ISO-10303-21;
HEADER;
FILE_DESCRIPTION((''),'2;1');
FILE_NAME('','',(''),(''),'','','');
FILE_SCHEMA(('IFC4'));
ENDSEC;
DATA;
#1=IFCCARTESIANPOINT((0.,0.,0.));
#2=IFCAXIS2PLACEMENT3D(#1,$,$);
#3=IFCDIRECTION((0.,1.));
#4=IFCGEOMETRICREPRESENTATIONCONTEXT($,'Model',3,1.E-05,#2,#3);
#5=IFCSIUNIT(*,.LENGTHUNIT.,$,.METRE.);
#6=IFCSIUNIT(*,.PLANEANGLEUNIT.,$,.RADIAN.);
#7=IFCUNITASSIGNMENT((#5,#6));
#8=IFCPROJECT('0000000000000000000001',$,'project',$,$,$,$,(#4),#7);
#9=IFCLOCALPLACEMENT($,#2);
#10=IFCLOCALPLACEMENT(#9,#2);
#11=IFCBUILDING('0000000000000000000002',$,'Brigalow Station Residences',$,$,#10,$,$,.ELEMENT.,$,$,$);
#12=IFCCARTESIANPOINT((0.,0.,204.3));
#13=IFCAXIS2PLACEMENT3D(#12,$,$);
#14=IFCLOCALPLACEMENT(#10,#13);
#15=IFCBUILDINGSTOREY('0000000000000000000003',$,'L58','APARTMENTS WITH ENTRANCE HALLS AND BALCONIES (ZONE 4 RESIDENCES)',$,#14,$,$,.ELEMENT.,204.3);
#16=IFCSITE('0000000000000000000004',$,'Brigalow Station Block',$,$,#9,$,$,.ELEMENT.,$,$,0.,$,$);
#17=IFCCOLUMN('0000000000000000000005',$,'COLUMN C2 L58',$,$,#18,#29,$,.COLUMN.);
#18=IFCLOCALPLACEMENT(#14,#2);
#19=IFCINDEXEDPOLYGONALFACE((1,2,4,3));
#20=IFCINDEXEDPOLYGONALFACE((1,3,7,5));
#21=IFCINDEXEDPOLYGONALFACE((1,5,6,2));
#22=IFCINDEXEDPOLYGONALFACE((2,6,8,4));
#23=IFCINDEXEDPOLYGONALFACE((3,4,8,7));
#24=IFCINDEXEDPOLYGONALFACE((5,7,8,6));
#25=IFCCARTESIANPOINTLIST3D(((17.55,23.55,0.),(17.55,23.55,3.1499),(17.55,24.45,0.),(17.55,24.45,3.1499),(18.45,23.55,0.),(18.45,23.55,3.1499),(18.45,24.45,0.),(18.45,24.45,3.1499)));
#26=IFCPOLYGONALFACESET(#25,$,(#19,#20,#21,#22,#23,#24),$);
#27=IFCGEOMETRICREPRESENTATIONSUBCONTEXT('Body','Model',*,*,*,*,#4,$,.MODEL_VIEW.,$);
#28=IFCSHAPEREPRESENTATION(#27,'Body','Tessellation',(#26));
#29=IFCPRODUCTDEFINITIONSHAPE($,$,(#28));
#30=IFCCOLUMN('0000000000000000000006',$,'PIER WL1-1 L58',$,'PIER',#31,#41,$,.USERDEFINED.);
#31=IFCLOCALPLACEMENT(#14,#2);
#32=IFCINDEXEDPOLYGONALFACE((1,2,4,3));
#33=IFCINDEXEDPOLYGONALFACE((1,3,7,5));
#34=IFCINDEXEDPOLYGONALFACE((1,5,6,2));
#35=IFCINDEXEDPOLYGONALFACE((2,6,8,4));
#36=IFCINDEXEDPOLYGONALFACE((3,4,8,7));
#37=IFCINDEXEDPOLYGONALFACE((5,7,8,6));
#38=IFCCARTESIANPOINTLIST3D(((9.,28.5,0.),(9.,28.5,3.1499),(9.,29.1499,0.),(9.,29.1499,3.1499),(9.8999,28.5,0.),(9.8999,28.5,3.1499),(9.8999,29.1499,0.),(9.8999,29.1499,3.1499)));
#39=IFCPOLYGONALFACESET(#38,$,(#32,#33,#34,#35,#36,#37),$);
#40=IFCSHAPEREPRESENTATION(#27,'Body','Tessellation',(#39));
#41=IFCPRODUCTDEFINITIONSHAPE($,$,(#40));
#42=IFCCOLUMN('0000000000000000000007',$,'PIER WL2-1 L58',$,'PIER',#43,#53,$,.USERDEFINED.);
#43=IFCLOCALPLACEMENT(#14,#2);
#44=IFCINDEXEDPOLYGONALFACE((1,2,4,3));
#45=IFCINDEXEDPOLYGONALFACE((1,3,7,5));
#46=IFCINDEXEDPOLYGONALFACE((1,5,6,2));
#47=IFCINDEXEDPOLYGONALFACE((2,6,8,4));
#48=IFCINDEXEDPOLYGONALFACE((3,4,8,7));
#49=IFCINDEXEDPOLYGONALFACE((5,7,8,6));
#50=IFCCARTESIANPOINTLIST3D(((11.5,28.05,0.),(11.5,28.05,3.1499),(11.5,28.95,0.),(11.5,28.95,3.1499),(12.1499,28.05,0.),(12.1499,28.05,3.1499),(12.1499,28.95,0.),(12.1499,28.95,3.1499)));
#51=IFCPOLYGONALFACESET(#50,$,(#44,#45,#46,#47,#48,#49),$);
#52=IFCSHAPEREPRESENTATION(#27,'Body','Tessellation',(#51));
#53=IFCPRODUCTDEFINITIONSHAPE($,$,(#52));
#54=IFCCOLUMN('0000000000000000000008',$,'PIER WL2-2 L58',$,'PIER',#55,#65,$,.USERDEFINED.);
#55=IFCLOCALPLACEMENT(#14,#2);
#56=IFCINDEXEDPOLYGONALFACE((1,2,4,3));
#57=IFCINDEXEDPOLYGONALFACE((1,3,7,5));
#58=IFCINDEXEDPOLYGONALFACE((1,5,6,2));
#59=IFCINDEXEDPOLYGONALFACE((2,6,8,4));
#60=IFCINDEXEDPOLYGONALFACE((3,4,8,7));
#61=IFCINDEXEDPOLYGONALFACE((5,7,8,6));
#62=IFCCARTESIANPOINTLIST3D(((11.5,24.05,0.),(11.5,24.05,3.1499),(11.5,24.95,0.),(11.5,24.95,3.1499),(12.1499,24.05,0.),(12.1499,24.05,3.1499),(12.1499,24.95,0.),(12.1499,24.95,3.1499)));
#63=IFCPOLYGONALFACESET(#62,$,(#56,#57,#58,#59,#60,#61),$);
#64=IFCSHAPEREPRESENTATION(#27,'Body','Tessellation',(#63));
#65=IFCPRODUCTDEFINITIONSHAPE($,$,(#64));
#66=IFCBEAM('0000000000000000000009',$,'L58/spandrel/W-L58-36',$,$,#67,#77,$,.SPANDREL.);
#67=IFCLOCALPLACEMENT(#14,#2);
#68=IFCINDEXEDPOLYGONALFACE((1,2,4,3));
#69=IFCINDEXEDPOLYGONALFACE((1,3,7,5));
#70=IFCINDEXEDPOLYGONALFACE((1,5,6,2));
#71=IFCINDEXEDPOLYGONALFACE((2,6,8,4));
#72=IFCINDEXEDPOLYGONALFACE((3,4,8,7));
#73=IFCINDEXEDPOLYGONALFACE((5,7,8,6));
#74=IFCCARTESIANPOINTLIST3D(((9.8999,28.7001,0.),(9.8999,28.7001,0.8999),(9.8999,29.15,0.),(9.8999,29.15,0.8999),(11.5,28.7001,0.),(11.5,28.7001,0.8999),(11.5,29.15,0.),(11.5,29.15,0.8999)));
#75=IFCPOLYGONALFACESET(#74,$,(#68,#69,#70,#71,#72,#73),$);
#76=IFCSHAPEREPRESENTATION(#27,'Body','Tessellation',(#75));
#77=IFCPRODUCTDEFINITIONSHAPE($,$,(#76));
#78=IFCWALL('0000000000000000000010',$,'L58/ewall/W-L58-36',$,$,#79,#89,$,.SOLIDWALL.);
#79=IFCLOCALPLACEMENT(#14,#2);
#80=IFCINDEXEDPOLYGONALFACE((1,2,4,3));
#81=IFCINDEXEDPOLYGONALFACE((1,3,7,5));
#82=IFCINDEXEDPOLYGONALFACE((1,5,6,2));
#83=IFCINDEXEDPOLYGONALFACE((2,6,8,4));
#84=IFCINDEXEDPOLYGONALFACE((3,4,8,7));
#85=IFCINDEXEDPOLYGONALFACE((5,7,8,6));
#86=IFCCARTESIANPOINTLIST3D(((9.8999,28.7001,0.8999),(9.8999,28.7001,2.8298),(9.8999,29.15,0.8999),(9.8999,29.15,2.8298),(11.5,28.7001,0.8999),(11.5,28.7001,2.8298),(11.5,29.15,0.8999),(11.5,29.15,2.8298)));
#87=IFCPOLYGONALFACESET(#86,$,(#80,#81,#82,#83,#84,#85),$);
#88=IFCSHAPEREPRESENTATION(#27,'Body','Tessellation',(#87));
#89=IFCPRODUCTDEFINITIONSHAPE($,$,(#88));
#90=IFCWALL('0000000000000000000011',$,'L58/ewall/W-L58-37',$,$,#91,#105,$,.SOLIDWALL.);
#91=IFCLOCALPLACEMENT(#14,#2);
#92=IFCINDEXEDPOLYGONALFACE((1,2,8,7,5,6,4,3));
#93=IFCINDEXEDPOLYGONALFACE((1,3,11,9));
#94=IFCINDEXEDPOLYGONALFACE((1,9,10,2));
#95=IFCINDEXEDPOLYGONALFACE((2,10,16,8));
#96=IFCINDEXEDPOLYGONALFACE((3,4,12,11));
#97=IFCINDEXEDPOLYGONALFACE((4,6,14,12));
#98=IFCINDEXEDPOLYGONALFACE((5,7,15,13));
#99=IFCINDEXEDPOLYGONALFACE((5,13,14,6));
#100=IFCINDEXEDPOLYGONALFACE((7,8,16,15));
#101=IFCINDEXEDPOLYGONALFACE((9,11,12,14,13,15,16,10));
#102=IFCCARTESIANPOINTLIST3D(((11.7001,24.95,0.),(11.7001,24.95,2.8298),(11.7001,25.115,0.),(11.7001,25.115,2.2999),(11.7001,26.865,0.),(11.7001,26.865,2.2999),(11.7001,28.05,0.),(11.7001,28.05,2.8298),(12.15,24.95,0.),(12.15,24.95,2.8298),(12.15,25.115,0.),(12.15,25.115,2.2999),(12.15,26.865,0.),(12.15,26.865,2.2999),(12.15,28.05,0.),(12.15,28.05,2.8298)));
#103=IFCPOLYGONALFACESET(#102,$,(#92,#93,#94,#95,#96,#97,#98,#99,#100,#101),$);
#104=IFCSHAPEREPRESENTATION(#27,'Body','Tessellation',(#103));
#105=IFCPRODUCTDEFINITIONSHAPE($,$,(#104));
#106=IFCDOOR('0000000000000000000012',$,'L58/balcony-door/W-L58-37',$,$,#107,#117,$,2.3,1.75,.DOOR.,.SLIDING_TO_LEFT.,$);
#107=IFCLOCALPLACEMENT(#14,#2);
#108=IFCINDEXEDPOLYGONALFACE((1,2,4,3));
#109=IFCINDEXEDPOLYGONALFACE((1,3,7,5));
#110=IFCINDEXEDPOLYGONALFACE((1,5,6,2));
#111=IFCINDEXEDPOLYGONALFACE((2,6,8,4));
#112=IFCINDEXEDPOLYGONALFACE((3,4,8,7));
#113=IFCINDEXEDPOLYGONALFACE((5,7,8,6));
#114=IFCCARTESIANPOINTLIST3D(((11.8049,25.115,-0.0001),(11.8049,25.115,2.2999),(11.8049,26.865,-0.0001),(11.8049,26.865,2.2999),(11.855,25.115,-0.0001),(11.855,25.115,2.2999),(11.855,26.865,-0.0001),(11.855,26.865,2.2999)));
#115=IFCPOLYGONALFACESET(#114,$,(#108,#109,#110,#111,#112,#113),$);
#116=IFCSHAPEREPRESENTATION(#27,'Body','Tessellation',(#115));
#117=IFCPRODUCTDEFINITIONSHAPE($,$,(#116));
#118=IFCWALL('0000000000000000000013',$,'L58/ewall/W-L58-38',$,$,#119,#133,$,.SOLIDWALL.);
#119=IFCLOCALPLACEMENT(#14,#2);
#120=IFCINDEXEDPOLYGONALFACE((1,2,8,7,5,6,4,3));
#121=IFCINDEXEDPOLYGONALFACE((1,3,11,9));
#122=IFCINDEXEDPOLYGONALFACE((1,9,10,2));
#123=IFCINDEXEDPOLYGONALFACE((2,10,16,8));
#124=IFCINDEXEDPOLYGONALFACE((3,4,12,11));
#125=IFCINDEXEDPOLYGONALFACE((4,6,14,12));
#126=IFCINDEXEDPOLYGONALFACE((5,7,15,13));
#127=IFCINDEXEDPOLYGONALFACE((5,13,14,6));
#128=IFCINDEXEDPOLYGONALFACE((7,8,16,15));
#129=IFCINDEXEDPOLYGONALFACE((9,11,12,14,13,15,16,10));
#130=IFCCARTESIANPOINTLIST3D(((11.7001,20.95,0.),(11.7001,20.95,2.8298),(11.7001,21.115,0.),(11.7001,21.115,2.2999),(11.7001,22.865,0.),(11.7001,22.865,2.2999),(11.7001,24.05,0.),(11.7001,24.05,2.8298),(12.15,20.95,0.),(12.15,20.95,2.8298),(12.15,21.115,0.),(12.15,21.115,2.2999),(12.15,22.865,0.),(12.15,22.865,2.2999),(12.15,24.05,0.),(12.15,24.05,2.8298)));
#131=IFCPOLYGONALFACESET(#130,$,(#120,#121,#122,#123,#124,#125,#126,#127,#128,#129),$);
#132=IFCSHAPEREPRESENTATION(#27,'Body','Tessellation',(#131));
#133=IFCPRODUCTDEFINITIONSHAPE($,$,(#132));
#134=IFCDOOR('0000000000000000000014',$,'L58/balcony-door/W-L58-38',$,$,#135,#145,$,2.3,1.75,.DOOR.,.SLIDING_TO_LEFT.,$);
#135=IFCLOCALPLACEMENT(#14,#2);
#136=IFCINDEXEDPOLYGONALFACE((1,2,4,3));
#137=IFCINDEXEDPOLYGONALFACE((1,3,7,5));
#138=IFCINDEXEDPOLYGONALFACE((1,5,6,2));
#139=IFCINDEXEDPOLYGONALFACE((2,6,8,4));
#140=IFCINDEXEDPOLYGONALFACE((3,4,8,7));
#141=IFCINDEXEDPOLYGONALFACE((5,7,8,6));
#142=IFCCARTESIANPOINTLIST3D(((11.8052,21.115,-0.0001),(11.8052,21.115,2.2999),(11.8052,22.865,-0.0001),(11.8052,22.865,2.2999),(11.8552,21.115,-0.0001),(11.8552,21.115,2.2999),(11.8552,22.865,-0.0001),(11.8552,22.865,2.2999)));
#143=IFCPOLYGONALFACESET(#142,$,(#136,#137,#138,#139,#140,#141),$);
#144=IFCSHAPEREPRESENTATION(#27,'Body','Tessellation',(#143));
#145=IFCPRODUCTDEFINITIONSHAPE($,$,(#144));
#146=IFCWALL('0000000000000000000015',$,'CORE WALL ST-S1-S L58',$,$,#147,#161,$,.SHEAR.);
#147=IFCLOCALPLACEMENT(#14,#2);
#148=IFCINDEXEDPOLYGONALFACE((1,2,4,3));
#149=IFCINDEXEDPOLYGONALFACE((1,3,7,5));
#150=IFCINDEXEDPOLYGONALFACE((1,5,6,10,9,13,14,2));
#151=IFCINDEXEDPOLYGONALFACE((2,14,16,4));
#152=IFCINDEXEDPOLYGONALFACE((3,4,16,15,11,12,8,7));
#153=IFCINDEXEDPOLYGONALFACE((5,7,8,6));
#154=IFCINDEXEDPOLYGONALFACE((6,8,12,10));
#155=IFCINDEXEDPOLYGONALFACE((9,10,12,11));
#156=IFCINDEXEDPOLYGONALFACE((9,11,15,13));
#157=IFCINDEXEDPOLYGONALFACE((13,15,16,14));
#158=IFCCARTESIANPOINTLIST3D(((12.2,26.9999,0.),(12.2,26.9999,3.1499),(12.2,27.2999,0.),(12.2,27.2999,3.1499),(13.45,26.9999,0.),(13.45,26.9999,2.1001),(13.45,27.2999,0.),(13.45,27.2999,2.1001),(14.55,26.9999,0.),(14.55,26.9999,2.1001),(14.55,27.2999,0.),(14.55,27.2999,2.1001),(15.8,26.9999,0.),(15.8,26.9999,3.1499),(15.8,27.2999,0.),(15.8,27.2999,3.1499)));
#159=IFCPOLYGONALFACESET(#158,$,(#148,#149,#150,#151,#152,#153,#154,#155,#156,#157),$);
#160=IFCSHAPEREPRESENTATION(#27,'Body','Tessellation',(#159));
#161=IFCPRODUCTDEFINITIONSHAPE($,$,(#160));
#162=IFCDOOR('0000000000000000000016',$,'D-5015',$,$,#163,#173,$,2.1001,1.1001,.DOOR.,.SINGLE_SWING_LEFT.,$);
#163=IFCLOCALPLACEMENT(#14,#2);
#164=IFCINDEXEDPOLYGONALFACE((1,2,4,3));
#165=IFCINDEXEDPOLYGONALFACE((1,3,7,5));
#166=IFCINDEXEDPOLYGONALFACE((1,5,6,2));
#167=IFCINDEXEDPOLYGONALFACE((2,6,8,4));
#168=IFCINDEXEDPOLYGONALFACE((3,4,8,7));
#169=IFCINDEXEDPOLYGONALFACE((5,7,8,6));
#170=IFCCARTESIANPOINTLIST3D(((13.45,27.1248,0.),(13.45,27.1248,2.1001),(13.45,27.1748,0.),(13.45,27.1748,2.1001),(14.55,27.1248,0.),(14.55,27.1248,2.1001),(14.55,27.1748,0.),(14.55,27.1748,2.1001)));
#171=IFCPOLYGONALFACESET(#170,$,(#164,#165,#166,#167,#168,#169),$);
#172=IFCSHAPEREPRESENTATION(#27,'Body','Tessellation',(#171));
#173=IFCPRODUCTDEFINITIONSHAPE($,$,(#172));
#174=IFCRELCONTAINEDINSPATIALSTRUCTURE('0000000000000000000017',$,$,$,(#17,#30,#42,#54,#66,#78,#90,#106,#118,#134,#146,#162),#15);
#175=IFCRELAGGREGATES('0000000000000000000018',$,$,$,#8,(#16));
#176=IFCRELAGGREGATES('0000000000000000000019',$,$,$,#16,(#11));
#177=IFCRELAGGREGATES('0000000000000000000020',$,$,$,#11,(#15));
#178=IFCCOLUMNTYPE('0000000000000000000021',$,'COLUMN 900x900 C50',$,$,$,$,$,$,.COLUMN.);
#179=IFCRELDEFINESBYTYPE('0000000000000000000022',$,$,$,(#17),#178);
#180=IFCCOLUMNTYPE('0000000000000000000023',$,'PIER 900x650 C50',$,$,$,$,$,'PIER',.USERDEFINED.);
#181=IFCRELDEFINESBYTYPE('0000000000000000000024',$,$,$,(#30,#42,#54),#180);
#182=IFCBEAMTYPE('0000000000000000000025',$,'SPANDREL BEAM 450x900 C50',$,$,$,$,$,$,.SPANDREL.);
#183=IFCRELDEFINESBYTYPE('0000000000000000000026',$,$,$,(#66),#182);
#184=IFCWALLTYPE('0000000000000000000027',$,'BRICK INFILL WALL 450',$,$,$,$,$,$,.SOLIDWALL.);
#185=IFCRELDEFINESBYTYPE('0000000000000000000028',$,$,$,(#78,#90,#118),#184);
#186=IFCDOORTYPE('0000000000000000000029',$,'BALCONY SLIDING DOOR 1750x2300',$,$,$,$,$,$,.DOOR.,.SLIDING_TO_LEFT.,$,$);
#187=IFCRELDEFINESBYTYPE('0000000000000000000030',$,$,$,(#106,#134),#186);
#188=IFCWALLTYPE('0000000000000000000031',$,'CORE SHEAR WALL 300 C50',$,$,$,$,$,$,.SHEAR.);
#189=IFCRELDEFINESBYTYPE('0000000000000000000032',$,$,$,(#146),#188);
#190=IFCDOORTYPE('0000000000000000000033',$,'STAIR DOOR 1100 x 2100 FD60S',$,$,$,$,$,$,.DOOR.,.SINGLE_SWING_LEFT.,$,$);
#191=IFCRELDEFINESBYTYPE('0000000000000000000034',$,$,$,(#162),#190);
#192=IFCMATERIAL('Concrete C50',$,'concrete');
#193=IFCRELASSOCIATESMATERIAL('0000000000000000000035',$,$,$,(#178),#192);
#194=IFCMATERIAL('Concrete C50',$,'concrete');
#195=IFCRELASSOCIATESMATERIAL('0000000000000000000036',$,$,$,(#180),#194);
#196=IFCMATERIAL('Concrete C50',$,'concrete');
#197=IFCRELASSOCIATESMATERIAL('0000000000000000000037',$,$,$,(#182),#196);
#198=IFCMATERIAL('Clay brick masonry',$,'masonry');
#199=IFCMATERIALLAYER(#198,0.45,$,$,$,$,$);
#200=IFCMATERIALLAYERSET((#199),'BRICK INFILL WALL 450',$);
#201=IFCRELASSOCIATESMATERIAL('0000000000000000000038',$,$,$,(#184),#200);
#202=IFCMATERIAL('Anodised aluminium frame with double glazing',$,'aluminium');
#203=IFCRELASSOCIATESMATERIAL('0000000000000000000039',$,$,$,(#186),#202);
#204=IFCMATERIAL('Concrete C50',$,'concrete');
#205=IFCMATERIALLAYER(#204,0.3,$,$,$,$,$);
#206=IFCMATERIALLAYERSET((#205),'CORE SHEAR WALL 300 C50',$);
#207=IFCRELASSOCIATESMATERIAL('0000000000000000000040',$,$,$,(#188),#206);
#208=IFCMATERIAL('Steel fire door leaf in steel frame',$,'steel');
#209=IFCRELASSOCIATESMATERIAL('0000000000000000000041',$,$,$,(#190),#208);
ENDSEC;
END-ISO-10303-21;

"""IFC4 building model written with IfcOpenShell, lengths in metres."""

from ifc_helpers import new_model, si_unit, direction, frame, frame_2d, origin, origin_2d, place, context, subcontext, project, spatial, rectangle, extrude, material, layer, layer_set, material_profile, profile_set, type_object, element, fill, save


model = new_model("IFC4")

# Units and contexts
model_context = context("Model", 3, precision=1e-05, world=origin(), true_north=direction((0.0, 1.0)))
body_context = subcontext(model_context, "Body", "Model", "MODEL_VIEW")
ifc_project = project(units=[si_unit("LENGTHUNIT", "METRE"), si_unit("PLANEANGLEUNIT", "RADIAN")], contexts=[model_context])

# Site, building, storey
site_placement = place(None, origin())
site = spatial("IfcSite", under=ifc_project, at=site_placement, Name="Brigalow Station Block", CompositionType="ELEMENT", RefElevation=0.0)
building_placement = place(site_placement, origin())
building = spatial("IfcBuilding", under=site, at=building_placement, Name="Brigalow Station Residences", CompositionType="ELEMENT")
storey_placement = place(building_placement, frame((0.0, 0.0, 204.3)))
storey = spatial("IfcBuildingStorey", under=building, at=storey_placement, Name="L58", Description="APARTMENTS WITH ENTRANCE HALLS AND BALCONIES (ZONE 4 RESIDENCES)", CompositionType="ELEMENT", Elevation=204.3)

# Columns
ifc_material_1 = material(Name="Concrete C50", Category="concrete")
ifc_material_profile_1 = material_profile(ifc_material_1, rectangle(XDim=0.8999, YDim=0.8999, at=origin_2d()), Name="RC900x900")
ifc_profile_set_1 = profile_set([ifc_material_profile_1], Name="Concrete C50")
column_type_1 = type_object("IfcColumnType", Name="COLUMN 900x900 C50", PredefinedType="COLUMN", material=ifc_profile_set_1)
column_placement = place(storey_placement, frame((18.0, 24.0, 0.0), z_axis=(0.0, 0.0, 1.0), x_axis=(1.0, 0.0, 0.0)))
element("IfcColumn", 1, at=column_placement, inside=storey, type_object=column_type_1, Name="COLUMN C2 L58", PredefinedType="COLUMN", context=body_context, shape_type="SweptSolid", body=[
    extrude(rectangle(XDim=0.8999, YDim=0.8999, at=origin_2d()), origin(), (0.0, 0.0, 1.0), 3.1499),
])
ifc_material_2 = material(Name="Concrete C50", Category="concrete")
ifc_material_profile_2 = material_profile(ifc_material_2, rectangle(XDim=0.8999, YDim=0.6499, at=origin_2d()), Name="RC900x650")
ifc_profile_set_2 = profile_set([ifc_material_profile_2], Name="Concrete C50")
column_type_2 = type_object("IfcColumnType", Name="PIER 900x650 C50", ElementType="PIER", PredefinedType="USERDEFINED", material=ifc_profile_set_2)
for number, where, z_axis, x_axis, name in (
    (2, (9.45, 28.825, 0.0), (0.0, 0.0, 1.0), (1.0, 0.0, 0.0), "PIER WL1-1 L58"),
    (3, (11.825, 28.5, 0.0), (0.0, 0.0, 1.0), (0.0, -1.0, 0.0), "PIER WL2-1 L58"),
    (4, (11.825, 24.5, 0.0), (0.0, 0.0, 1.0), (0.0, -1.0, 0.0), "PIER WL2-2 L58"),
):
    element("IfcColumn", number, at=place(storey_placement, frame(where, z_axis=z_axis, x_axis=x_axis)), inside=storey, type_object=column_type_2, Name=name, ObjectType="PIER", PredefinedType="USERDEFINED", context=body_context, shape_type="SweptSolid", body=[
        extrude(rectangle(XDim=0.8999, YDim=0.6499, at=origin_2d()), origin(), (0.0, 0.0, 1.0), 3.1499),
    ])

# Beam
ifc_material_3 = material(Name="Concrete C50", Category="concrete")
ifc_material_profile_3 = material_profile(ifc_material_3, rectangle(XDim=0.45, YDim=0.8999, at=origin_2d()), Name="RC450x900")
ifc_profile_set_3 = profile_set([ifc_material_profile_3], Name="Concrete C50")
beam_type = type_object("IfcBeamType", Name="SPANDREL BEAM 450x900 C50", PredefinedType="SPANDREL", material=ifc_profile_set_3)
beam_placement = place(storey_placement, frame((9.8999, 28.925, 0.45), z_axis=(1.0, 0.0, 0.0), x_axis=(0.0, 1.0, 0.0)))
element("IfcBeam", 5, at=beam_placement, inside=storey, type_object=beam_type, Name="L58/spandrel/W-L58-36", PredefinedType="SPANDREL", context=body_context, shape_type="SweptSolid", body=[
    extrude(rectangle(XDim=0.45, YDim=0.8999, at=origin_2d()), origin(), (0.0, 0.0, 1.0), 1.6001),
])

# Wall
ifc_material_4 = material(Name="Clay brick masonry", Category="masonry")
ifc_layer_1 = layer(ifc_material_4, 0.45)
ifc_layer_set_1 = layer_set([ifc_layer_1], Name="BRICK INFILL WALL 450")
wall_type_1 = type_object("IfcWallType", Name="BRICK INFILL WALL 450", PredefinedType="SOLIDWALL", material=ifc_layer_set_1)
wall_1_placement = place(storey_placement, frame((9.8999, 28.925, 0.8999), z_axis=(0.0, 0.0, 1.0), x_axis=(1.0, 0.0, 0.0)))
element("IfcWall", 6, at=wall_1_placement, inside=storey, type_object=wall_type_1, Name="L58/ewall/W-L58-36", PredefinedType="SOLIDWALL", context=body_context, shape_type="SweptSolid", body=[
    extrude(rectangle(XDim=1.6001, YDim=0.45, at=frame_2d((0.8, 0.0))), origin(), (0.0, 0.0, 1.0), 1.9299),
])

# Walls, openings, doors
wall_2_placement = place(storey_placement, frame((11.925, 28.05, 0.0), z_axis=(0.0, 0.0, 1.0), x_axis=(0.0, -1.0, 0.0)))
wall_2 = element("IfcWall", 7, at=wall_2_placement, inside=storey, type_object=wall_type_1, Name="L58/ewall/W-L58-37", PredefinedType="SOLIDWALL", context=body_context, shape_type="SweptSolid", body=[
    extrude(rectangle(XDim=3.1001, YDim=0.45, at=frame_2d((1.55, 0.0))), origin(), (0.0, 0.0, 1.0), 2.8298),
])
opening_1_placement = place(wall_2_placement, frame((1.1851, 0.0, 0.0)))
opening_1 = element("IfcOpeningElement", 8, at=opening_1_placement, cuts=wall_2, PredefinedType="OPENING", context=body_context, shape_type="SweptSolid", body=[
    extrude(rectangle(XDim=1.75, YDim=2.3, at=frame_2d((0.875, 1.1499))), frame((0.0, 0.2349, 0.0), z_axis=(0.0, -1.0, 0.0), x_axis=(1.0, 0.0, 0.0)), (0.0, 0.0, 1.0), 0.47),
])
ifc_material_5 = material(Name="Anodised aluminium frame with double glazing", Category="aluminium")
door_type_1 = type_object("IfcDoorType", Name="BALCONY SLIDING DOOR 1750x2300", OperationType="SLIDING_TO_LEFT", PredefinedType="DOOR", material=ifc_material_5)
door_1_placement = place(opening_1_placement, frame((1.75, -0.1899, 0.0), z_axis=(0.0, 0.0, 1.0), x_axis=(-1.0, 0.0, 0.0)))
door_1 = element("IfcDoor", 9, at=door_1_placement, inside=storey, type_object=door_type_1, Name="L58/balcony-door/W-L58-37", OperationType="SLIDING_TO_LEFT", OverallHeight=2.3, OverallWidth=1.75, PredefinedType="DOOR", context=body_context, shape_type="SweptSolid", body=[
    extrude(rectangle(XDim=1.75, YDim=2.3, at=frame_2d((0.875, 1.1499))), frame((0.0, -0.0698, 0.0), z_axis=(0.0, -1.0, 0.0), x_axis=(1.0, 0.0, 0.0)), (0.0, 0.0, 1.0), 0.05),
])
fill(opening_1, door_1)
wall_3_placement = place(storey_placement, frame((11.925, 24.05, 0.0), z_axis=(0.0, 0.0, 1.0), x_axis=(0.0, -1.0, 0.0)))
wall_3 = element("IfcWall", 10, at=wall_3_placement, inside=storey, type_object=wall_type_1, Name="L58/ewall/W-L58-38", PredefinedType="SOLIDWALL", context=body_context, shape_type="SweptSolid", body=[
    extrude(rectangle(XDim=3.1001, YDim=0.45, at=frame_2d((1.55, 0.0))), origin(), (0.0, 0.0, 1.0), 2.8298),
])
opening_2_placement = place(wall_3_placement, frame((1.1851, 0.0, 0.0)))
opening_2 = element("IfcOpeningElement", 11, at=opening_2_placement, cuts=wall_3, PredefinedType="OPENING", context=body_context, shape_type="SweptSolid", body=[
    extrude(rectangle(XDim=1.75, YDim=2.3, at=frame_2d((0.875, 1.1499))), frame((0.0, 0.2349, 0.0), z_axis=(0.0, -1.0, 0.0), x_axis=(1.0, 0.0, 0.0)), (0.0, 0.0, 1.0), 0.47),
])
door_2_placement = place(opening_2_placement, origin())
door_2 = element("IfcDoor", 12, at=door_2_placement, inside=storey, type_object=door_type_1, Name="L58/balcony-door/W-L58-38", OperationType="SLIDING_TO_LEFT", OverallHeight=2.3, OverallWidth=1.75, PredefinedType="DOOR", context=body_context, shape_type="SweptSolid", body=[
    extrude(rectangle(XDim=1.75, YDim=2.3, at=frame_2d((0.875, 1.1499))), frame((0.0, -0.0698, 0.0), z_axis=(0.0, -1.0, 0.0), x_axis=(1.0, 0.0, 0.0)), (0.0, 0.0, 1.0), 0.05),
])
fill(opening_2, door_2)
ifc_material_6 = material(Name="Concrete C50", Category="concrete")
ifc_layer_2 = layer(ifc_material_6, 0.3)
ifc_layer_set_2 = layer_set([ifc_layer_2], Name="CORE SHEAR WALL 300 C50")
wall_type_2 = type_object("IfcWallType", Name="CORE SHEAR WALL 300 C50", PredefinedType="SHEAR", material=ifc_layer_set_2)
wall_4_placement = place(storey_placement, frame((12.2, 27.1499, 0.0), z_axis=(0.0, 0.0, 1.0), x_axis=(1.0, 0.0, 0.0)))
wall_4 = element("IfcWall", 13, at=wall_4_placement, inside=storey, type_object=wall_type_2, Name="CORE WALL ST-S1-S L58", PredefinedType="SHEAR", context=body_context, shape_type="SweptSolid", body=[
    extrude(rectangle(XDim=3.6001, YDim=0.3, at=frame_2d((1.8, 0.0))), origin(), (0.0, 0.0, 1.0), 3.1499),
])
opening_3_placement = place(wall_4_placement, frame((1.25, 0.0, 0.0)))
opening_3 = element("IfcOpeningElement", 14, at=opening_3_placement, cuts=wall_4, PredefinedType="OPENING", context=body_context, shape_type="SweptSolid", body=[
    extrude(rectangle(XDim=1.1001, YDim=2.1001, at=frame_2d((0.55, 1.05))), frame((0.0, 0.1602, 0.0), z_axis=(0.0, -1.0, 0.0), x_axis=(1.0, 0.0, 0.0)), (0.0, 0.0, 1.0), 0.3201),
])
ifc_material_7 = material(Name="Steel fire door leaf in steel frame", Category="steel")
door_type_2 = type_object("IfcDoorType", Name="STAIR DOOR 1100 x 2100 FD60S", OperationType="SINGLE_SWING_LEFT", PredefinedType="DOOR", material=ifc_material_7)
door_3_placement = place(opening_3_placement, origin())
door_3 = element("IfcDoor", 15, at=door_3_placement, inside=storey, type_object=door_type_2, Name="D-5015", OperationType="SINGLE_SWING_LEFT", OverallHeight=2.1001, OverallWidth=1.1001, PredefinedType="DOOR", context=body_context, shape_type="SweptSolid", body=[
    extrude(rectangle(XDim=1.1001, YDim=2.1001, at=frame_2d((0.55, 1.05))), frame((0.0, 0.0249, 0.0), z_axis=(0.0, -1.0, 0.0), x_axis=(1.0, 0.0, 0.0)), (0.0, 0.0, 1.0), 0.05),
])
fill(opening_3, door_3)

save(model, "model.ifc")
